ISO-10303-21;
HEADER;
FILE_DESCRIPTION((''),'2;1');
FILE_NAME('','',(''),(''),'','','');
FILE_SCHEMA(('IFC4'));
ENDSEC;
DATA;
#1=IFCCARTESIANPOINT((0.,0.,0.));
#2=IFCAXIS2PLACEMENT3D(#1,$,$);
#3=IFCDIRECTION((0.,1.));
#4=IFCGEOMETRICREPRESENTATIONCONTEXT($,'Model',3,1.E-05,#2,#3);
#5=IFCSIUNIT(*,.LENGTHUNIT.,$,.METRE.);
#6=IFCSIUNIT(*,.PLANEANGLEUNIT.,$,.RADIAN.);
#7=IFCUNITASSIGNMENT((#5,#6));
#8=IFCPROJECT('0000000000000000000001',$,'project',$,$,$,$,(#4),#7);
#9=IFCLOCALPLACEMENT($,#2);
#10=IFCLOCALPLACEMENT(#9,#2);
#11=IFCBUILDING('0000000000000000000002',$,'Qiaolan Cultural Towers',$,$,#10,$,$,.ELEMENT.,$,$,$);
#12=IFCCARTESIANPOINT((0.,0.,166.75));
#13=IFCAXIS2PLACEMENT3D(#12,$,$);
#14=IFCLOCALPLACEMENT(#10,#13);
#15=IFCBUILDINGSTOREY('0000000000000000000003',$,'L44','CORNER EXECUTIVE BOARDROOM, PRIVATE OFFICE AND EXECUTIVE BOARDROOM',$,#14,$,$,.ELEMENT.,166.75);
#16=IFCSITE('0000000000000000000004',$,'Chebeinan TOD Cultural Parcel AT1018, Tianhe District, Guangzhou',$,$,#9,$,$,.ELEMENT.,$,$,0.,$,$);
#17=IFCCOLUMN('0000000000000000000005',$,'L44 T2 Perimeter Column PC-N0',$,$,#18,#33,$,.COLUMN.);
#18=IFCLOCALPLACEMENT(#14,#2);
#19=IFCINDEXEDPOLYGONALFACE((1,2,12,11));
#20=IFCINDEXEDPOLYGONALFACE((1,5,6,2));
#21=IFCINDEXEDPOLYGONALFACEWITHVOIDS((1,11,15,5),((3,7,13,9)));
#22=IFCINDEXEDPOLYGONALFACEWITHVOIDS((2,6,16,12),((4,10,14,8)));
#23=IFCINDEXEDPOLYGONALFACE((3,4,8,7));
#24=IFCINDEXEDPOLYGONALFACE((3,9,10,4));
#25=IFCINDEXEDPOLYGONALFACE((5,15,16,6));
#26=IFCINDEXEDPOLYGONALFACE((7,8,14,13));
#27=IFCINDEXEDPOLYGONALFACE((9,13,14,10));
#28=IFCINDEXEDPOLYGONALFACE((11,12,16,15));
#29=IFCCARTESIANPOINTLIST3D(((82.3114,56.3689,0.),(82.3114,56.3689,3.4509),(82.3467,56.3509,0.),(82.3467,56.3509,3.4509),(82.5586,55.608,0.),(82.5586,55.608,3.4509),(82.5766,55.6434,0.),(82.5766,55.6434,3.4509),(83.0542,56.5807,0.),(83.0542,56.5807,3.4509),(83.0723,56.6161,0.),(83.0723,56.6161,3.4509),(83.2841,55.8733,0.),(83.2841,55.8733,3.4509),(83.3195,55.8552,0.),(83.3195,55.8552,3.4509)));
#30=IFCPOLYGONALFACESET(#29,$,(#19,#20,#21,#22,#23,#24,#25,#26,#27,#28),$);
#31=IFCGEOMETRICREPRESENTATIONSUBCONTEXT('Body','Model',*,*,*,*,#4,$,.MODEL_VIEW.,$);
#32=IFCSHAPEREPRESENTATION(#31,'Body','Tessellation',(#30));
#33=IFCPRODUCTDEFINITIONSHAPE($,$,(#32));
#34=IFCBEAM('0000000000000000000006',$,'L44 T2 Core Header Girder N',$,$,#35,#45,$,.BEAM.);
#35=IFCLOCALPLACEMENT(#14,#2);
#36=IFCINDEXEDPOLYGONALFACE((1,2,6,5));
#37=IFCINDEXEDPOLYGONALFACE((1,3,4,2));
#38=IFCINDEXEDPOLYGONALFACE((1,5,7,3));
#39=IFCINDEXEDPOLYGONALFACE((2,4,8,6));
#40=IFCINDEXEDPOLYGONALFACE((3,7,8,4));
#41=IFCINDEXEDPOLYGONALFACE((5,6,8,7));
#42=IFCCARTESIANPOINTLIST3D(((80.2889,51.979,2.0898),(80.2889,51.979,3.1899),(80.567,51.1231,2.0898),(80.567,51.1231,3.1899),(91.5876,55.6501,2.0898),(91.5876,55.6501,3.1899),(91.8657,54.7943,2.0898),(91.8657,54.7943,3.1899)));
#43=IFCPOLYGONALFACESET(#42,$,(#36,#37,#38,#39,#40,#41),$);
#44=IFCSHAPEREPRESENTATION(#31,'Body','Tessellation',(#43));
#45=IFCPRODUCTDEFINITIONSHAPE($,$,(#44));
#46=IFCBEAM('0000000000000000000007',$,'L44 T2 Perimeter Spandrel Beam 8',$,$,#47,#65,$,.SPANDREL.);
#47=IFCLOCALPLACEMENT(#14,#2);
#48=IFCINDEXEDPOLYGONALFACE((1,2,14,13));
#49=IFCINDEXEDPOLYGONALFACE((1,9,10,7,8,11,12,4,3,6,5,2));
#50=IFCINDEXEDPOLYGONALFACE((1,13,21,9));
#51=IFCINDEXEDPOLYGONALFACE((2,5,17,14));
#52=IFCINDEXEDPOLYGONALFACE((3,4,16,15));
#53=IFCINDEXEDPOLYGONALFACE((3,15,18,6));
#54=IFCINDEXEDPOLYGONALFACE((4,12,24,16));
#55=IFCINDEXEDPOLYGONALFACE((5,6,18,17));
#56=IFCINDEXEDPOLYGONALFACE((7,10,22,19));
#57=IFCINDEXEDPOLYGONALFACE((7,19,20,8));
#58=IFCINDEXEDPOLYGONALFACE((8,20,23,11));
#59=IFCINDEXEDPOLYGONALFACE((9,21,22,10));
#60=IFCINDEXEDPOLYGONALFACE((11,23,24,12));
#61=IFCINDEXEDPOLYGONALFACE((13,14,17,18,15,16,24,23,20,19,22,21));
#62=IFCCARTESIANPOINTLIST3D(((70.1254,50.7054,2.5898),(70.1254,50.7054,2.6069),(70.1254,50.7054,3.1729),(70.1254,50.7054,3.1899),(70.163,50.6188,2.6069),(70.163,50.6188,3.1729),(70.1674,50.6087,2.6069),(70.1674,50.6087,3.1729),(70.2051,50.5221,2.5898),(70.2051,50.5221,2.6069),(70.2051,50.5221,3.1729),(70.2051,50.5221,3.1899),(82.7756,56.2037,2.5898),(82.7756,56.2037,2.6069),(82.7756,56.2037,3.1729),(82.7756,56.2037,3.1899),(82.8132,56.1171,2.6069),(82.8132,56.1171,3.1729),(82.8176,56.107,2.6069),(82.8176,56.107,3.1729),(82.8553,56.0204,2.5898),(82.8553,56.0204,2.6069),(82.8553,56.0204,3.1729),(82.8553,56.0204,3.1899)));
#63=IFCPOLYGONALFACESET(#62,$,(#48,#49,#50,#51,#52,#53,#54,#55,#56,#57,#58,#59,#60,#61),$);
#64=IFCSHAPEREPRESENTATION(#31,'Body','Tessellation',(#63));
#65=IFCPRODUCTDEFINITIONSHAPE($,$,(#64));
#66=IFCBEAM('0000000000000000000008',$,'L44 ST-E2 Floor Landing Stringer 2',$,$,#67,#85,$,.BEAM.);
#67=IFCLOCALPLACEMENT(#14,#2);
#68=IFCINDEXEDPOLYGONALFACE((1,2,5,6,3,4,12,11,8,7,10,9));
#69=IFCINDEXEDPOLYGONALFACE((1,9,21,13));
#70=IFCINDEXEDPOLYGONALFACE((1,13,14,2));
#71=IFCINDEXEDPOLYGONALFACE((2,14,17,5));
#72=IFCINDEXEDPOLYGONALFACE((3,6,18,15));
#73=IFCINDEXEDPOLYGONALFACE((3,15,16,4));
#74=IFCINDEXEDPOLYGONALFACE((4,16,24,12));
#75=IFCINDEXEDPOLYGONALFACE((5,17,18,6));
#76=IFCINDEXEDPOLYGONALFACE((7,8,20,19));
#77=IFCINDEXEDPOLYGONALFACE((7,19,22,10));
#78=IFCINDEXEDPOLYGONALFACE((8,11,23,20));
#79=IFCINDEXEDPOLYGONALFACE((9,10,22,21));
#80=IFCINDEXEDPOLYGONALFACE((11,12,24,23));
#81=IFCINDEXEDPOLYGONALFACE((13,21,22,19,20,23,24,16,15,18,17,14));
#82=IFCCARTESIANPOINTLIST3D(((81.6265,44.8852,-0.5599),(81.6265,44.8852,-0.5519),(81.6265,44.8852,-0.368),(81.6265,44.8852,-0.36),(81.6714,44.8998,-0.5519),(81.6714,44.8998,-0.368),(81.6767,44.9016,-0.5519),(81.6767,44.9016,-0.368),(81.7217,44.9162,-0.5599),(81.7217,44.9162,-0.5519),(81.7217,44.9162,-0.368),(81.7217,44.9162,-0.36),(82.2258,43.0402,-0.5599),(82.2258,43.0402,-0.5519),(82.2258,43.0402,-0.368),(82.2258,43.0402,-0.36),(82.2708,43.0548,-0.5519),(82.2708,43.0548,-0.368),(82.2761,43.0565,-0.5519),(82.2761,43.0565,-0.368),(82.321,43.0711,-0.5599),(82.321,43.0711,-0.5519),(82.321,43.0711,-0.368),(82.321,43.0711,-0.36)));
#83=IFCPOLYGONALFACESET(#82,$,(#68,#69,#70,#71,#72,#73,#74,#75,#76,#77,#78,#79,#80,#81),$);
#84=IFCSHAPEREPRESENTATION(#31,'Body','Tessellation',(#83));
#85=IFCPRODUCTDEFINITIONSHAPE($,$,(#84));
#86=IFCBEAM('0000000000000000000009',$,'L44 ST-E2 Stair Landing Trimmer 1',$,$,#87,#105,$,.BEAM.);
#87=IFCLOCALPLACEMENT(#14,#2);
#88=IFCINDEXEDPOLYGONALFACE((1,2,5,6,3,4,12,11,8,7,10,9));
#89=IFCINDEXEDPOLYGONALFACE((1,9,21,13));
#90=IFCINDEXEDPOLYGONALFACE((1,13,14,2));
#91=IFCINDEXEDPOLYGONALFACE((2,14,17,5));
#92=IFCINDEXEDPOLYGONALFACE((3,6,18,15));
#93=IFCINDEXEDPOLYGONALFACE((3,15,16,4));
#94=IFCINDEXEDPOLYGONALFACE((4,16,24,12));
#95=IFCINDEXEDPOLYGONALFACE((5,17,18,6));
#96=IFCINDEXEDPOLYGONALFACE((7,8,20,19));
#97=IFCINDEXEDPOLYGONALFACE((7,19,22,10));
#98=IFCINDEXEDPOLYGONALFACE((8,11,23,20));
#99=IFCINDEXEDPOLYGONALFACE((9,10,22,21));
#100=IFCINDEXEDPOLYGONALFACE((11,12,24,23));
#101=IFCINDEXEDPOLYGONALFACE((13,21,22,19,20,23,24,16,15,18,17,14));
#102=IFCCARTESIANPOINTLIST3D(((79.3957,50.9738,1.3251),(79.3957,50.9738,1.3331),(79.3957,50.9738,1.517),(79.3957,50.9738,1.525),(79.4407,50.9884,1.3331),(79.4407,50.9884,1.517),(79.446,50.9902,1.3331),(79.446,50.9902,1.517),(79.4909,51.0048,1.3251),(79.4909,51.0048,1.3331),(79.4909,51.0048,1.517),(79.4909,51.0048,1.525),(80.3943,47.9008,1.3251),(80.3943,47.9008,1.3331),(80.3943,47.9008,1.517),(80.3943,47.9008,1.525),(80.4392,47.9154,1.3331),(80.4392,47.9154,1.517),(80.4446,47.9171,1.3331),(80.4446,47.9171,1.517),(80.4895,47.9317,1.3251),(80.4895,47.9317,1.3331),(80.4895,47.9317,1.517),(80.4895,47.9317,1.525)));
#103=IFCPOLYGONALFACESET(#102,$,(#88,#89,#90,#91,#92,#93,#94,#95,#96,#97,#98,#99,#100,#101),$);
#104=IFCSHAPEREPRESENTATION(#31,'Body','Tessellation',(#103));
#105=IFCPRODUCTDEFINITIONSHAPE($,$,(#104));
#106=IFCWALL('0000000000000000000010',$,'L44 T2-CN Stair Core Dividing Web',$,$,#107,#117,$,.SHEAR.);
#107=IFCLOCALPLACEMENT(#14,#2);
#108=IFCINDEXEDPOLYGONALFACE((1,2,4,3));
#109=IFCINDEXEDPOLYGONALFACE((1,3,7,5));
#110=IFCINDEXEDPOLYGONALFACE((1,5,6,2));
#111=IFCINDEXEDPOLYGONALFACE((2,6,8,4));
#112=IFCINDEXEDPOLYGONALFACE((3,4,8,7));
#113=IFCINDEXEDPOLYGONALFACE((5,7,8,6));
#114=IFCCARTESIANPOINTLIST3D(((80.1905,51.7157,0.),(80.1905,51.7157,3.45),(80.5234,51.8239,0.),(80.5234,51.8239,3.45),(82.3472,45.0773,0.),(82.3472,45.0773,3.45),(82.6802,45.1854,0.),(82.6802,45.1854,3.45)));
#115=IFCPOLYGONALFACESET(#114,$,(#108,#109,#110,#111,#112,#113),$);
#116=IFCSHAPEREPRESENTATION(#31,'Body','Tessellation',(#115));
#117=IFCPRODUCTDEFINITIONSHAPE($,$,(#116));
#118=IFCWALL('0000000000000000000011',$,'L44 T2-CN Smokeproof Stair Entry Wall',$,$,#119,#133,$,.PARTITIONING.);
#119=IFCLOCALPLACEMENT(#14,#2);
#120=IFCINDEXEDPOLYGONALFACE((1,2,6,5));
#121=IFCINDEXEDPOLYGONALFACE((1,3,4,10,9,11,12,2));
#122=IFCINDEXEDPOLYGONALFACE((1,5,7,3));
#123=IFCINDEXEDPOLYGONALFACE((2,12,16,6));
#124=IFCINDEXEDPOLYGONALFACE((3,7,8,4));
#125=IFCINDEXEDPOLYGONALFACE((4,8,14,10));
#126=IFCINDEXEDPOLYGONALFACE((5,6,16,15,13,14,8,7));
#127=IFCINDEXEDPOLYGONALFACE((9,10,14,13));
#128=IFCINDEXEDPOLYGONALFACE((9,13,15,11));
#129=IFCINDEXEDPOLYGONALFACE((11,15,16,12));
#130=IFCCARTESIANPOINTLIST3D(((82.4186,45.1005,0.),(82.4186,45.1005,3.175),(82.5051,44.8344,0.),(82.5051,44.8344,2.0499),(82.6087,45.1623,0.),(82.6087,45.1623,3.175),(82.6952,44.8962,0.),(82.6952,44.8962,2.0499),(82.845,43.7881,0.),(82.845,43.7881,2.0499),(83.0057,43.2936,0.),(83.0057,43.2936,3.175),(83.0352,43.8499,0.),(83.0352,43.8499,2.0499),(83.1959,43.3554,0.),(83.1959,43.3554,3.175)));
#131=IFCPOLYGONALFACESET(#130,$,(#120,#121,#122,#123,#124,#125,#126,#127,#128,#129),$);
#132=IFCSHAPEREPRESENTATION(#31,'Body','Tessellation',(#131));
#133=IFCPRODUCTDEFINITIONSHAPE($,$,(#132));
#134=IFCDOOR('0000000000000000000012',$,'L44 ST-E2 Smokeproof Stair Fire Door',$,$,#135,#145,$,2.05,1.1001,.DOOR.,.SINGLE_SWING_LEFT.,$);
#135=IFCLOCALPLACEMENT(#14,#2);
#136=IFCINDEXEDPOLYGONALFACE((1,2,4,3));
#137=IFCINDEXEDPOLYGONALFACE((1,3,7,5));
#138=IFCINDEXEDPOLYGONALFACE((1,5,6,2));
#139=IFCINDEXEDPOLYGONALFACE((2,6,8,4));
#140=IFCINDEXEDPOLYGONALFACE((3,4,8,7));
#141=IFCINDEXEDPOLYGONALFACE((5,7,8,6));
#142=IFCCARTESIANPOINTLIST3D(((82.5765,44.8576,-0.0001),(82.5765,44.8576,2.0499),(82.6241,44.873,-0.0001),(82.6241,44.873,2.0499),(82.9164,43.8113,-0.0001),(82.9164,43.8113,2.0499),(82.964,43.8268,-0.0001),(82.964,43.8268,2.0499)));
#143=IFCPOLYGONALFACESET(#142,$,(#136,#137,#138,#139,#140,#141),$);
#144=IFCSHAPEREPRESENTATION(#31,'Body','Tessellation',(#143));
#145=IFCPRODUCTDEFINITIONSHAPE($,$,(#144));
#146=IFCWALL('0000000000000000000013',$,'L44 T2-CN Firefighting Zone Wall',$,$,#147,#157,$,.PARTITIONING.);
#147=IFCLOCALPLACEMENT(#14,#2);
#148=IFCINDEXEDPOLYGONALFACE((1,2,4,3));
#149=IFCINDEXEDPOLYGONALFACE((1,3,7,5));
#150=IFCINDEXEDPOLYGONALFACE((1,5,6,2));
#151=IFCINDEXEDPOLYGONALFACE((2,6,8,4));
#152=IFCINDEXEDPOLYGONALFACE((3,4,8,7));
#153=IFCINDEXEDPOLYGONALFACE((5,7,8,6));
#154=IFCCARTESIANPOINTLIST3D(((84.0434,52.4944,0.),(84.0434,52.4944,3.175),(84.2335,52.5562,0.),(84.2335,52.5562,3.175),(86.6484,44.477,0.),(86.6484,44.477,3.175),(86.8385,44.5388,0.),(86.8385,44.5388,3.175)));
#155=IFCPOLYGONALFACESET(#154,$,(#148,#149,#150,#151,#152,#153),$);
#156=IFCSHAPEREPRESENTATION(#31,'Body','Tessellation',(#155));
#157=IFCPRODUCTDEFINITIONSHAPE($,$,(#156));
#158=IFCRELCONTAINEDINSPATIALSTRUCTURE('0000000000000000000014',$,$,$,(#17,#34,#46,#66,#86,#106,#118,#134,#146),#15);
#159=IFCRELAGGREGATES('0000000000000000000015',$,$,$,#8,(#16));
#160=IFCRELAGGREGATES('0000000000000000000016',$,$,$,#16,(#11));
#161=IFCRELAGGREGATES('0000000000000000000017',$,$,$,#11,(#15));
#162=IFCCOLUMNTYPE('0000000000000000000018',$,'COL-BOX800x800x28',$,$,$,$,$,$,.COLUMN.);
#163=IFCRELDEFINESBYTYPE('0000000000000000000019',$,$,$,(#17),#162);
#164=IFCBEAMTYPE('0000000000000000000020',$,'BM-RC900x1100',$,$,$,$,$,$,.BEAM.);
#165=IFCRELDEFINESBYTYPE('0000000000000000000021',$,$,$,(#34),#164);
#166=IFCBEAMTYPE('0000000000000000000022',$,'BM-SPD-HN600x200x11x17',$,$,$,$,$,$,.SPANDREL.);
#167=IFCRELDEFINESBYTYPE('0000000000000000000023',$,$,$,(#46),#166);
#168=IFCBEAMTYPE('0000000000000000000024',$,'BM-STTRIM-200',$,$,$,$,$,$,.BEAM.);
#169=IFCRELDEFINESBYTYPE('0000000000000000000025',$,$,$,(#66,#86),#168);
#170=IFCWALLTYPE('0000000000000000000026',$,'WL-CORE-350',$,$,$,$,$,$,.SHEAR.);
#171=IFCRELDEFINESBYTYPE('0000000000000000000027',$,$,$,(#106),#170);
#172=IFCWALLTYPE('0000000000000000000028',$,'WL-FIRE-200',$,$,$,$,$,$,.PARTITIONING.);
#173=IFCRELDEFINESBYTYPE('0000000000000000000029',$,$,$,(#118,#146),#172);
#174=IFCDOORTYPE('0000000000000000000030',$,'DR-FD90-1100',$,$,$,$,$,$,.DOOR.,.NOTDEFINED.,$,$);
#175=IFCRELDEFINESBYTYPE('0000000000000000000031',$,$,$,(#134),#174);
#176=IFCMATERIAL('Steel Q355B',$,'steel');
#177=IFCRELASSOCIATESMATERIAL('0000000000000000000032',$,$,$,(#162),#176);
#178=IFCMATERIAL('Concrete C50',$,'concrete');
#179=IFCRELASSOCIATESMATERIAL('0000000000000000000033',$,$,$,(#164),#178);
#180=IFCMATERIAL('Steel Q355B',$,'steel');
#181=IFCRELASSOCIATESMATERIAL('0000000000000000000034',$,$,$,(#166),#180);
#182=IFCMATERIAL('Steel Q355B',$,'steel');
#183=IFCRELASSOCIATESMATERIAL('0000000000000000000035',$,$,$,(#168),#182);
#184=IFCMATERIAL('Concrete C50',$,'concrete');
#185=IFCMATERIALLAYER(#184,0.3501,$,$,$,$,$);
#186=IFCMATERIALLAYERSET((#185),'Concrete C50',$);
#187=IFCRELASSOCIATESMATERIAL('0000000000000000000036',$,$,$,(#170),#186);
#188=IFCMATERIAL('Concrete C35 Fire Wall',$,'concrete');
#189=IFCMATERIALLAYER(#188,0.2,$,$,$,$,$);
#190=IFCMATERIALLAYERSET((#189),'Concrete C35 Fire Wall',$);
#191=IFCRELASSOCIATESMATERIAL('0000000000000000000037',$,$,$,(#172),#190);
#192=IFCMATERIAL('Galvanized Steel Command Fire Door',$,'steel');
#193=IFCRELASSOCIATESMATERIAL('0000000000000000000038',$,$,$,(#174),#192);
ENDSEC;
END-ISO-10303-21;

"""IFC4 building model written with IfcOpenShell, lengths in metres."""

from ifc_helpers import new_model, si_unit, direction, frame, frame_2d, origin, origin_2d, place, context, subcontext, project, spatial, rectangle, hollow_rectangle, i_section, extrude, material, layer, layer_set, material_profile, profile_set, type_object, element, fill, save


model = new_model("IFC4")

# Units and contexts
model_context = context("Model", 3, precision=1e-05, world=origin(), true_north=direction((0.0, 1.0)))
body_context = subcontext(model_context, "Body", "Model", "MODEL_VIEW")
ifc_project = project(units=[si_unit("LENGTHUNIT", "METRE"), si_unit("PLANEANGLEUNIT", "RADIAN")], contexts=[model_context])

# Site, building, storey
site_placement = place(None, origin())
site = spatial("IfcSite", under=ifc_project, at=site_placement, Name="Chebeinan TOD Cultural Parcel AT1018, Tianhe District, Guangzhou", CompositionType="ELEMENT", RefElevation=0.0)
building_placement = place(site_placement, origin())
building = spatial("IfcBuilding", under=site, at=building_placement, Name="Qiaolan Cultural Towers", CompositionType="ELEMENT")
storey_placement = place(building_placement, frame((0.0, 0.0, 166.75)))
storey = spatial("IfcBuildingStorey", under=building, at=storey_placement, Name="L44", Description="CORNER EXECUTIVE BOARDROOM, PRIVATE OFFICE AND EXECUTIVE BOARDROOM", CompositionType="ELEMENT", Elevation=166.75)

# Column
ifc_material_1 = material(Name="Steel Q355B", Category="steel")
ifc_material_profile_1 = material_profile(ifc_material_1, hollow_rectangle(XDim=0.8, YDim=0.8, WallThickness=0.0281, at=origin_2d()), Name="BOX800x800x28")
ifc_profile_set_1 = profile_set([ifc_material_profile_1], Name="Steel Q355B")
column_type = type_object("IfcColumnType", Name="COL-BOX800x800x28", PredefinedType="COLUMN", material=ifc_profile_set_1)
column_placement = place(storey_placement, frame((82.8154, 56.1121, 0.0), z_axis=(0.0, 0.0, 1.0), x_axis=(0.951057, 0.309017, 0.0)))
element("IfcColumn", 1, at=column_placement, inside=storey, type_object=column_type, Name="L44 T2 Perimeter Column PC-N0", PredefinedType="COLUMN", context=body_context, shape_type="SweptSolid", body=[
    extrude(hollow_rectangle(XDim=0.8, YDim=0.8, WallThickness=0.0281, at=origin_2d()), origin(), (0.0, 0.0, 1.0), 3.4509),
])

# Beams
ifc_material_2 = material(Name="Concrete C50", Category="concrete")
ifc_material_profile_2 = material_profile(ifc_material_2, rectangle(XDim=0.8999, YDim=1.1001, at=origin_2d()), Name="RC900x1100")
ifc_profile_set_2 = profile_set([ifc_material_profile_2], Name="Concrete C50")
beam_type_1 = type_object("IfcBeamType", Name="BM-RC900x1100", PredefinedType="BEAM", material=ifc_profile_set_2)
beam_1_placement = place(storey_placement, frame((80.428, 51.551, 2.6399), z_axis=(0.951056, 0.309018, 0.0), x_axis=(-0.309018, 0.951056, 0.0)))
element("IfcBeam", 2, at=beam_1_placement, inside=storey, type_object=beam_type_1, Name="L44 T2 Core Header Girder N", PredefinedType="BEAM", context=body_context, shape_type="SweptSolid", body=[
    extrude(rectangle(XDim=0.8999, YDim=1.1001, at=origin_2d()), origin(), (0.0, 0.0, 1.0), 11.8801),
])
ifc_material_3 = material(Name="Steel Q355B", Category="steel")
ifc_material_profile_3 = material_profile(ifc_material_3, i_section(OverallWidth=0.2, OverallDepth=0.6001, WebThickness=0.011, FlangeThickness=0.0171, at=origin_2d()), Name="HN600x200x11x17")
ifc_profile_set_3 = profile_set([ifc_material_profile_3], Name="Steel Q355B")
beam_type_2 = type_object("IfcBeamType", Name="BM-SPD-HN600x200x11x17", PredefinedType="SPANDREL", material=ifc_profile_set_3)
beam_2_placement = place(storey_placement, frame((82.8154, 56.1121, 2.8899), z_axis=(-0.917117, -0.398618, 0.0), x_axis=(0.398618, -0.917117, 0.0)))
element("IfcBeam", 3, at=beam_2_placement, inside=storey, type_object=beam_type_2, Name="L44 T2 Perimeter Spandrel Beam 8", PredefinedType="SPANDREL", context=body_context, shape_type="SweptSolid", body=[
    extrude(i_section(OverallWidth=0.2, OverallDepth=0.6001, WebThickness=0.011, FlangeThickness=0.0171, at=origin_2d()), origin(), (0.0, 0.0, 1.0), 13.7935),
])
ifc_material_4 = material(Name="Steel Q355B", Category="steel")
ifc_material_profile_4 = material_profile(ifc_material_4, i_section(OverallWidth=0.1001, OverallDepth=0.2, WebThickness=0.0056, FlangeThickness=0.0081, at=origin_2d()), Name="HN200x100x5.5x8")
ifc_profile_set_4 = profile_set([ifc_material_profile_4], Name="Steel Q355B")
beam_type_3 = type_object("IfcBeamType", Name="BM-STTRIM-200", PredefinedType="BEAM", material=ifc_profile_set_4)
beam_3_placement = place(storey_placement, frame((82.2734, 43.0557, -0.46), z_axis=(-0.308969, 0.951072, 0.0), x_axis=(-0.951072, -0.308969, 0.0)))
element("IfcBeam", 4, at=beam_3_placement, inside=storey, type_object=beam_type_3, Name="L44 ST-E2 Floor Landing Stringer 2", PredefinedType="BEAM", context=body_context, shape_type="SweptSolid", body=[
    extrude(i_section(OverallWidth=0.1001, OverallDepth=0.2, WebThickness=0.0056, FlangeThickness=0.0081, at=origin_2d()), origin(), (0.0, 0.0, 1.0), 1.9399),
])
beam_4_placement = place(storey_placement, frame((80.4419, 47.9163, 1.425), z_axis=(-0.309033, 0.951051, 0.0), x_axis=(-0.951051, -0.309033, 0.0)))
element("IfcBeam", 5, at=beam_4_placement, inside=storey, type_object=beam_type_3, Name="L44 ST-E2 Stair Landing Trimmer 1", PredefinedType="BEAM", context=body_context, shape_type="SweptSolid", body=[
    extrude(i_section(OverallWidth=0.1001, OverallDepth=0.2, WebThickness=0.0056, FlangeThickness=0.0081, at=origin_2d()), origin(), (0.0, 0.0, 1.0), 3.2312),
])

# Wall
ifc_material_5 = material(Name="Concrete C50", Category="concrete")
ifc_layer_1 = layer(ifc_material_5, 0.3501)
ifc_layer_set_1 = layer_set([ifc_layer_1], Name="Concrete C50")
wall_type_1 = type_object("IfcWallType", Name="WL-CORE-350", PredefinedType="SHEAR", material=ifc_layer_set_1)
wall_1_placement = place(storey_placement, frame((82.5137, 45.1313, 0.0), z_axis=(0.0, 0.0, 1.0), x_axis=(-0.308989, 0.951066, 0.0)))
element("IfcWall", 6, at=wall_1_placement, inside=storey, type_object=wall_type_1, Name="L44 T2-CN Stair Core Dividing Web", PredefinedType="SHEAR", context=body_context, shape_type="SweptSolid", body=[
    extrude(rectangle(XDim=6.98, YDim=0.3501, at=frame_2d((3.49, 0.0))), origin(), (0.0, 0.0, 1.0), 3.45),
])

# Wall, opening, door
ifc_material_6 = material(Name="Concrete C35 Fire Wall", Category="concrete")
ifc_layer_2 = layer(ifc_material_6, 0.2)
ifc_layer_set_2 = layer_set([ifc_layer_2], Name="Concrete C35 Fire Wall")
wall_type_2 = type_object("IfcWallType", Name="WL-FIRE-200", PredefinedType="PARTITIONING", material=ifc_layer_set_2)
wall_2_placement = place(storey_placement, frame((83.1008, 43.3245, 0.0), z_axis=(0.0, 0.0, 1.0), x_axis=(-0.309048, 0.951046, 0.0)))
wall_2 = element("IfcWall", 7, at=wall_2_placement, inside=storey, type_object=wall_type_2, Name="L44 T2-CN Smokeproof Stair Entry Wall", PredefinedType="PARTITIONING", context=body_context, shape_type="SweptSolid", body=[
    extrude(rectangle(XDim=1.8999, YDim=0.2, at=frame_2d((0.95, 0.0))), origin(), (0.0, 0.0, 1.0), 3.175),
])
opening_1_placement = place(wall_2_placement, frame((0.52, 0.0, 0.0)))
opening_1 = element("IfcOpeningElement", 8, at=opening_1_placement, cuts=wall_2, PredefinedType="OPENING", context=body_context, shape_type="SweptSolid", body=[
    extrude(rectangle(XDim=1.1001, YDim=2.05, at=frame_2d((0.55, 1.0249))), frame((0.0, 0.1099, 0.0), z_axis=(0.0, -1.0, 0.0), x_axis=(1.0, 0.0, 0.0)), (0.0, 0.0, 1.0), 0.22),
])
ifc_material_7 = material(Name="Galvanized Steel Command Fire Door", Category="steel")
door_type_1 = type_object("IfcDoorType", Name="DR-FD90-1100", OperationType="NOTDEFINED", PredefinedType="DOOR", material=ifc_material_7)
door_1_placement = place(opening_1_placement, origin())
door_1 = element("IfcDoor", 9, at=door_1_placement, inside=storey, type_object=door_type_1, Name="L44 ST-E2 Smokeproof Stair Fire Door", OperationType="SINGLE_SWING_LEFT", OverallHeight=2.05, OverallWidth=1.1001, PredefinedType="DOOR", context=body_context, shape_type="SweptSolid", body=[
    extrude(rectangle(XDim=1.1001, YDim=2.05, at=frame_2d((0.55, 1.0249))), frame((0.0, 0.0249, 0.0), z_axis=(0.0, -1.0, 0.0), x_axis=(1.0, 0.0, 0.0)), (0.0, 0.0, 1.0), 0.05),
])
fill(opening_1, door_1)

# Wall
wall_3_placement = place(storey_placement, frame((86.7434, 44.5081, 0.0), z_axis=(0.0, 0.0, 1.0), x_axis=(-0.309016, 0.951057, 0.0)))
element("IfcWall", 10, at=wall_3_placement, inside=storey, type_object=wall_type_2, Name="L44 T2-CN Firefighting Zone Wall", PredefinedType="PARTITIONING", context=body_context, shape_type="SweptSolid", body=[
    extrude(rectangle(XDim=8.4299, YDim=0.2, at=frame_2d((4.2148, 0.0))), origin(), (0.0, 0.0, 1.0), 3.175),
])

save(model, "model.ifc")
